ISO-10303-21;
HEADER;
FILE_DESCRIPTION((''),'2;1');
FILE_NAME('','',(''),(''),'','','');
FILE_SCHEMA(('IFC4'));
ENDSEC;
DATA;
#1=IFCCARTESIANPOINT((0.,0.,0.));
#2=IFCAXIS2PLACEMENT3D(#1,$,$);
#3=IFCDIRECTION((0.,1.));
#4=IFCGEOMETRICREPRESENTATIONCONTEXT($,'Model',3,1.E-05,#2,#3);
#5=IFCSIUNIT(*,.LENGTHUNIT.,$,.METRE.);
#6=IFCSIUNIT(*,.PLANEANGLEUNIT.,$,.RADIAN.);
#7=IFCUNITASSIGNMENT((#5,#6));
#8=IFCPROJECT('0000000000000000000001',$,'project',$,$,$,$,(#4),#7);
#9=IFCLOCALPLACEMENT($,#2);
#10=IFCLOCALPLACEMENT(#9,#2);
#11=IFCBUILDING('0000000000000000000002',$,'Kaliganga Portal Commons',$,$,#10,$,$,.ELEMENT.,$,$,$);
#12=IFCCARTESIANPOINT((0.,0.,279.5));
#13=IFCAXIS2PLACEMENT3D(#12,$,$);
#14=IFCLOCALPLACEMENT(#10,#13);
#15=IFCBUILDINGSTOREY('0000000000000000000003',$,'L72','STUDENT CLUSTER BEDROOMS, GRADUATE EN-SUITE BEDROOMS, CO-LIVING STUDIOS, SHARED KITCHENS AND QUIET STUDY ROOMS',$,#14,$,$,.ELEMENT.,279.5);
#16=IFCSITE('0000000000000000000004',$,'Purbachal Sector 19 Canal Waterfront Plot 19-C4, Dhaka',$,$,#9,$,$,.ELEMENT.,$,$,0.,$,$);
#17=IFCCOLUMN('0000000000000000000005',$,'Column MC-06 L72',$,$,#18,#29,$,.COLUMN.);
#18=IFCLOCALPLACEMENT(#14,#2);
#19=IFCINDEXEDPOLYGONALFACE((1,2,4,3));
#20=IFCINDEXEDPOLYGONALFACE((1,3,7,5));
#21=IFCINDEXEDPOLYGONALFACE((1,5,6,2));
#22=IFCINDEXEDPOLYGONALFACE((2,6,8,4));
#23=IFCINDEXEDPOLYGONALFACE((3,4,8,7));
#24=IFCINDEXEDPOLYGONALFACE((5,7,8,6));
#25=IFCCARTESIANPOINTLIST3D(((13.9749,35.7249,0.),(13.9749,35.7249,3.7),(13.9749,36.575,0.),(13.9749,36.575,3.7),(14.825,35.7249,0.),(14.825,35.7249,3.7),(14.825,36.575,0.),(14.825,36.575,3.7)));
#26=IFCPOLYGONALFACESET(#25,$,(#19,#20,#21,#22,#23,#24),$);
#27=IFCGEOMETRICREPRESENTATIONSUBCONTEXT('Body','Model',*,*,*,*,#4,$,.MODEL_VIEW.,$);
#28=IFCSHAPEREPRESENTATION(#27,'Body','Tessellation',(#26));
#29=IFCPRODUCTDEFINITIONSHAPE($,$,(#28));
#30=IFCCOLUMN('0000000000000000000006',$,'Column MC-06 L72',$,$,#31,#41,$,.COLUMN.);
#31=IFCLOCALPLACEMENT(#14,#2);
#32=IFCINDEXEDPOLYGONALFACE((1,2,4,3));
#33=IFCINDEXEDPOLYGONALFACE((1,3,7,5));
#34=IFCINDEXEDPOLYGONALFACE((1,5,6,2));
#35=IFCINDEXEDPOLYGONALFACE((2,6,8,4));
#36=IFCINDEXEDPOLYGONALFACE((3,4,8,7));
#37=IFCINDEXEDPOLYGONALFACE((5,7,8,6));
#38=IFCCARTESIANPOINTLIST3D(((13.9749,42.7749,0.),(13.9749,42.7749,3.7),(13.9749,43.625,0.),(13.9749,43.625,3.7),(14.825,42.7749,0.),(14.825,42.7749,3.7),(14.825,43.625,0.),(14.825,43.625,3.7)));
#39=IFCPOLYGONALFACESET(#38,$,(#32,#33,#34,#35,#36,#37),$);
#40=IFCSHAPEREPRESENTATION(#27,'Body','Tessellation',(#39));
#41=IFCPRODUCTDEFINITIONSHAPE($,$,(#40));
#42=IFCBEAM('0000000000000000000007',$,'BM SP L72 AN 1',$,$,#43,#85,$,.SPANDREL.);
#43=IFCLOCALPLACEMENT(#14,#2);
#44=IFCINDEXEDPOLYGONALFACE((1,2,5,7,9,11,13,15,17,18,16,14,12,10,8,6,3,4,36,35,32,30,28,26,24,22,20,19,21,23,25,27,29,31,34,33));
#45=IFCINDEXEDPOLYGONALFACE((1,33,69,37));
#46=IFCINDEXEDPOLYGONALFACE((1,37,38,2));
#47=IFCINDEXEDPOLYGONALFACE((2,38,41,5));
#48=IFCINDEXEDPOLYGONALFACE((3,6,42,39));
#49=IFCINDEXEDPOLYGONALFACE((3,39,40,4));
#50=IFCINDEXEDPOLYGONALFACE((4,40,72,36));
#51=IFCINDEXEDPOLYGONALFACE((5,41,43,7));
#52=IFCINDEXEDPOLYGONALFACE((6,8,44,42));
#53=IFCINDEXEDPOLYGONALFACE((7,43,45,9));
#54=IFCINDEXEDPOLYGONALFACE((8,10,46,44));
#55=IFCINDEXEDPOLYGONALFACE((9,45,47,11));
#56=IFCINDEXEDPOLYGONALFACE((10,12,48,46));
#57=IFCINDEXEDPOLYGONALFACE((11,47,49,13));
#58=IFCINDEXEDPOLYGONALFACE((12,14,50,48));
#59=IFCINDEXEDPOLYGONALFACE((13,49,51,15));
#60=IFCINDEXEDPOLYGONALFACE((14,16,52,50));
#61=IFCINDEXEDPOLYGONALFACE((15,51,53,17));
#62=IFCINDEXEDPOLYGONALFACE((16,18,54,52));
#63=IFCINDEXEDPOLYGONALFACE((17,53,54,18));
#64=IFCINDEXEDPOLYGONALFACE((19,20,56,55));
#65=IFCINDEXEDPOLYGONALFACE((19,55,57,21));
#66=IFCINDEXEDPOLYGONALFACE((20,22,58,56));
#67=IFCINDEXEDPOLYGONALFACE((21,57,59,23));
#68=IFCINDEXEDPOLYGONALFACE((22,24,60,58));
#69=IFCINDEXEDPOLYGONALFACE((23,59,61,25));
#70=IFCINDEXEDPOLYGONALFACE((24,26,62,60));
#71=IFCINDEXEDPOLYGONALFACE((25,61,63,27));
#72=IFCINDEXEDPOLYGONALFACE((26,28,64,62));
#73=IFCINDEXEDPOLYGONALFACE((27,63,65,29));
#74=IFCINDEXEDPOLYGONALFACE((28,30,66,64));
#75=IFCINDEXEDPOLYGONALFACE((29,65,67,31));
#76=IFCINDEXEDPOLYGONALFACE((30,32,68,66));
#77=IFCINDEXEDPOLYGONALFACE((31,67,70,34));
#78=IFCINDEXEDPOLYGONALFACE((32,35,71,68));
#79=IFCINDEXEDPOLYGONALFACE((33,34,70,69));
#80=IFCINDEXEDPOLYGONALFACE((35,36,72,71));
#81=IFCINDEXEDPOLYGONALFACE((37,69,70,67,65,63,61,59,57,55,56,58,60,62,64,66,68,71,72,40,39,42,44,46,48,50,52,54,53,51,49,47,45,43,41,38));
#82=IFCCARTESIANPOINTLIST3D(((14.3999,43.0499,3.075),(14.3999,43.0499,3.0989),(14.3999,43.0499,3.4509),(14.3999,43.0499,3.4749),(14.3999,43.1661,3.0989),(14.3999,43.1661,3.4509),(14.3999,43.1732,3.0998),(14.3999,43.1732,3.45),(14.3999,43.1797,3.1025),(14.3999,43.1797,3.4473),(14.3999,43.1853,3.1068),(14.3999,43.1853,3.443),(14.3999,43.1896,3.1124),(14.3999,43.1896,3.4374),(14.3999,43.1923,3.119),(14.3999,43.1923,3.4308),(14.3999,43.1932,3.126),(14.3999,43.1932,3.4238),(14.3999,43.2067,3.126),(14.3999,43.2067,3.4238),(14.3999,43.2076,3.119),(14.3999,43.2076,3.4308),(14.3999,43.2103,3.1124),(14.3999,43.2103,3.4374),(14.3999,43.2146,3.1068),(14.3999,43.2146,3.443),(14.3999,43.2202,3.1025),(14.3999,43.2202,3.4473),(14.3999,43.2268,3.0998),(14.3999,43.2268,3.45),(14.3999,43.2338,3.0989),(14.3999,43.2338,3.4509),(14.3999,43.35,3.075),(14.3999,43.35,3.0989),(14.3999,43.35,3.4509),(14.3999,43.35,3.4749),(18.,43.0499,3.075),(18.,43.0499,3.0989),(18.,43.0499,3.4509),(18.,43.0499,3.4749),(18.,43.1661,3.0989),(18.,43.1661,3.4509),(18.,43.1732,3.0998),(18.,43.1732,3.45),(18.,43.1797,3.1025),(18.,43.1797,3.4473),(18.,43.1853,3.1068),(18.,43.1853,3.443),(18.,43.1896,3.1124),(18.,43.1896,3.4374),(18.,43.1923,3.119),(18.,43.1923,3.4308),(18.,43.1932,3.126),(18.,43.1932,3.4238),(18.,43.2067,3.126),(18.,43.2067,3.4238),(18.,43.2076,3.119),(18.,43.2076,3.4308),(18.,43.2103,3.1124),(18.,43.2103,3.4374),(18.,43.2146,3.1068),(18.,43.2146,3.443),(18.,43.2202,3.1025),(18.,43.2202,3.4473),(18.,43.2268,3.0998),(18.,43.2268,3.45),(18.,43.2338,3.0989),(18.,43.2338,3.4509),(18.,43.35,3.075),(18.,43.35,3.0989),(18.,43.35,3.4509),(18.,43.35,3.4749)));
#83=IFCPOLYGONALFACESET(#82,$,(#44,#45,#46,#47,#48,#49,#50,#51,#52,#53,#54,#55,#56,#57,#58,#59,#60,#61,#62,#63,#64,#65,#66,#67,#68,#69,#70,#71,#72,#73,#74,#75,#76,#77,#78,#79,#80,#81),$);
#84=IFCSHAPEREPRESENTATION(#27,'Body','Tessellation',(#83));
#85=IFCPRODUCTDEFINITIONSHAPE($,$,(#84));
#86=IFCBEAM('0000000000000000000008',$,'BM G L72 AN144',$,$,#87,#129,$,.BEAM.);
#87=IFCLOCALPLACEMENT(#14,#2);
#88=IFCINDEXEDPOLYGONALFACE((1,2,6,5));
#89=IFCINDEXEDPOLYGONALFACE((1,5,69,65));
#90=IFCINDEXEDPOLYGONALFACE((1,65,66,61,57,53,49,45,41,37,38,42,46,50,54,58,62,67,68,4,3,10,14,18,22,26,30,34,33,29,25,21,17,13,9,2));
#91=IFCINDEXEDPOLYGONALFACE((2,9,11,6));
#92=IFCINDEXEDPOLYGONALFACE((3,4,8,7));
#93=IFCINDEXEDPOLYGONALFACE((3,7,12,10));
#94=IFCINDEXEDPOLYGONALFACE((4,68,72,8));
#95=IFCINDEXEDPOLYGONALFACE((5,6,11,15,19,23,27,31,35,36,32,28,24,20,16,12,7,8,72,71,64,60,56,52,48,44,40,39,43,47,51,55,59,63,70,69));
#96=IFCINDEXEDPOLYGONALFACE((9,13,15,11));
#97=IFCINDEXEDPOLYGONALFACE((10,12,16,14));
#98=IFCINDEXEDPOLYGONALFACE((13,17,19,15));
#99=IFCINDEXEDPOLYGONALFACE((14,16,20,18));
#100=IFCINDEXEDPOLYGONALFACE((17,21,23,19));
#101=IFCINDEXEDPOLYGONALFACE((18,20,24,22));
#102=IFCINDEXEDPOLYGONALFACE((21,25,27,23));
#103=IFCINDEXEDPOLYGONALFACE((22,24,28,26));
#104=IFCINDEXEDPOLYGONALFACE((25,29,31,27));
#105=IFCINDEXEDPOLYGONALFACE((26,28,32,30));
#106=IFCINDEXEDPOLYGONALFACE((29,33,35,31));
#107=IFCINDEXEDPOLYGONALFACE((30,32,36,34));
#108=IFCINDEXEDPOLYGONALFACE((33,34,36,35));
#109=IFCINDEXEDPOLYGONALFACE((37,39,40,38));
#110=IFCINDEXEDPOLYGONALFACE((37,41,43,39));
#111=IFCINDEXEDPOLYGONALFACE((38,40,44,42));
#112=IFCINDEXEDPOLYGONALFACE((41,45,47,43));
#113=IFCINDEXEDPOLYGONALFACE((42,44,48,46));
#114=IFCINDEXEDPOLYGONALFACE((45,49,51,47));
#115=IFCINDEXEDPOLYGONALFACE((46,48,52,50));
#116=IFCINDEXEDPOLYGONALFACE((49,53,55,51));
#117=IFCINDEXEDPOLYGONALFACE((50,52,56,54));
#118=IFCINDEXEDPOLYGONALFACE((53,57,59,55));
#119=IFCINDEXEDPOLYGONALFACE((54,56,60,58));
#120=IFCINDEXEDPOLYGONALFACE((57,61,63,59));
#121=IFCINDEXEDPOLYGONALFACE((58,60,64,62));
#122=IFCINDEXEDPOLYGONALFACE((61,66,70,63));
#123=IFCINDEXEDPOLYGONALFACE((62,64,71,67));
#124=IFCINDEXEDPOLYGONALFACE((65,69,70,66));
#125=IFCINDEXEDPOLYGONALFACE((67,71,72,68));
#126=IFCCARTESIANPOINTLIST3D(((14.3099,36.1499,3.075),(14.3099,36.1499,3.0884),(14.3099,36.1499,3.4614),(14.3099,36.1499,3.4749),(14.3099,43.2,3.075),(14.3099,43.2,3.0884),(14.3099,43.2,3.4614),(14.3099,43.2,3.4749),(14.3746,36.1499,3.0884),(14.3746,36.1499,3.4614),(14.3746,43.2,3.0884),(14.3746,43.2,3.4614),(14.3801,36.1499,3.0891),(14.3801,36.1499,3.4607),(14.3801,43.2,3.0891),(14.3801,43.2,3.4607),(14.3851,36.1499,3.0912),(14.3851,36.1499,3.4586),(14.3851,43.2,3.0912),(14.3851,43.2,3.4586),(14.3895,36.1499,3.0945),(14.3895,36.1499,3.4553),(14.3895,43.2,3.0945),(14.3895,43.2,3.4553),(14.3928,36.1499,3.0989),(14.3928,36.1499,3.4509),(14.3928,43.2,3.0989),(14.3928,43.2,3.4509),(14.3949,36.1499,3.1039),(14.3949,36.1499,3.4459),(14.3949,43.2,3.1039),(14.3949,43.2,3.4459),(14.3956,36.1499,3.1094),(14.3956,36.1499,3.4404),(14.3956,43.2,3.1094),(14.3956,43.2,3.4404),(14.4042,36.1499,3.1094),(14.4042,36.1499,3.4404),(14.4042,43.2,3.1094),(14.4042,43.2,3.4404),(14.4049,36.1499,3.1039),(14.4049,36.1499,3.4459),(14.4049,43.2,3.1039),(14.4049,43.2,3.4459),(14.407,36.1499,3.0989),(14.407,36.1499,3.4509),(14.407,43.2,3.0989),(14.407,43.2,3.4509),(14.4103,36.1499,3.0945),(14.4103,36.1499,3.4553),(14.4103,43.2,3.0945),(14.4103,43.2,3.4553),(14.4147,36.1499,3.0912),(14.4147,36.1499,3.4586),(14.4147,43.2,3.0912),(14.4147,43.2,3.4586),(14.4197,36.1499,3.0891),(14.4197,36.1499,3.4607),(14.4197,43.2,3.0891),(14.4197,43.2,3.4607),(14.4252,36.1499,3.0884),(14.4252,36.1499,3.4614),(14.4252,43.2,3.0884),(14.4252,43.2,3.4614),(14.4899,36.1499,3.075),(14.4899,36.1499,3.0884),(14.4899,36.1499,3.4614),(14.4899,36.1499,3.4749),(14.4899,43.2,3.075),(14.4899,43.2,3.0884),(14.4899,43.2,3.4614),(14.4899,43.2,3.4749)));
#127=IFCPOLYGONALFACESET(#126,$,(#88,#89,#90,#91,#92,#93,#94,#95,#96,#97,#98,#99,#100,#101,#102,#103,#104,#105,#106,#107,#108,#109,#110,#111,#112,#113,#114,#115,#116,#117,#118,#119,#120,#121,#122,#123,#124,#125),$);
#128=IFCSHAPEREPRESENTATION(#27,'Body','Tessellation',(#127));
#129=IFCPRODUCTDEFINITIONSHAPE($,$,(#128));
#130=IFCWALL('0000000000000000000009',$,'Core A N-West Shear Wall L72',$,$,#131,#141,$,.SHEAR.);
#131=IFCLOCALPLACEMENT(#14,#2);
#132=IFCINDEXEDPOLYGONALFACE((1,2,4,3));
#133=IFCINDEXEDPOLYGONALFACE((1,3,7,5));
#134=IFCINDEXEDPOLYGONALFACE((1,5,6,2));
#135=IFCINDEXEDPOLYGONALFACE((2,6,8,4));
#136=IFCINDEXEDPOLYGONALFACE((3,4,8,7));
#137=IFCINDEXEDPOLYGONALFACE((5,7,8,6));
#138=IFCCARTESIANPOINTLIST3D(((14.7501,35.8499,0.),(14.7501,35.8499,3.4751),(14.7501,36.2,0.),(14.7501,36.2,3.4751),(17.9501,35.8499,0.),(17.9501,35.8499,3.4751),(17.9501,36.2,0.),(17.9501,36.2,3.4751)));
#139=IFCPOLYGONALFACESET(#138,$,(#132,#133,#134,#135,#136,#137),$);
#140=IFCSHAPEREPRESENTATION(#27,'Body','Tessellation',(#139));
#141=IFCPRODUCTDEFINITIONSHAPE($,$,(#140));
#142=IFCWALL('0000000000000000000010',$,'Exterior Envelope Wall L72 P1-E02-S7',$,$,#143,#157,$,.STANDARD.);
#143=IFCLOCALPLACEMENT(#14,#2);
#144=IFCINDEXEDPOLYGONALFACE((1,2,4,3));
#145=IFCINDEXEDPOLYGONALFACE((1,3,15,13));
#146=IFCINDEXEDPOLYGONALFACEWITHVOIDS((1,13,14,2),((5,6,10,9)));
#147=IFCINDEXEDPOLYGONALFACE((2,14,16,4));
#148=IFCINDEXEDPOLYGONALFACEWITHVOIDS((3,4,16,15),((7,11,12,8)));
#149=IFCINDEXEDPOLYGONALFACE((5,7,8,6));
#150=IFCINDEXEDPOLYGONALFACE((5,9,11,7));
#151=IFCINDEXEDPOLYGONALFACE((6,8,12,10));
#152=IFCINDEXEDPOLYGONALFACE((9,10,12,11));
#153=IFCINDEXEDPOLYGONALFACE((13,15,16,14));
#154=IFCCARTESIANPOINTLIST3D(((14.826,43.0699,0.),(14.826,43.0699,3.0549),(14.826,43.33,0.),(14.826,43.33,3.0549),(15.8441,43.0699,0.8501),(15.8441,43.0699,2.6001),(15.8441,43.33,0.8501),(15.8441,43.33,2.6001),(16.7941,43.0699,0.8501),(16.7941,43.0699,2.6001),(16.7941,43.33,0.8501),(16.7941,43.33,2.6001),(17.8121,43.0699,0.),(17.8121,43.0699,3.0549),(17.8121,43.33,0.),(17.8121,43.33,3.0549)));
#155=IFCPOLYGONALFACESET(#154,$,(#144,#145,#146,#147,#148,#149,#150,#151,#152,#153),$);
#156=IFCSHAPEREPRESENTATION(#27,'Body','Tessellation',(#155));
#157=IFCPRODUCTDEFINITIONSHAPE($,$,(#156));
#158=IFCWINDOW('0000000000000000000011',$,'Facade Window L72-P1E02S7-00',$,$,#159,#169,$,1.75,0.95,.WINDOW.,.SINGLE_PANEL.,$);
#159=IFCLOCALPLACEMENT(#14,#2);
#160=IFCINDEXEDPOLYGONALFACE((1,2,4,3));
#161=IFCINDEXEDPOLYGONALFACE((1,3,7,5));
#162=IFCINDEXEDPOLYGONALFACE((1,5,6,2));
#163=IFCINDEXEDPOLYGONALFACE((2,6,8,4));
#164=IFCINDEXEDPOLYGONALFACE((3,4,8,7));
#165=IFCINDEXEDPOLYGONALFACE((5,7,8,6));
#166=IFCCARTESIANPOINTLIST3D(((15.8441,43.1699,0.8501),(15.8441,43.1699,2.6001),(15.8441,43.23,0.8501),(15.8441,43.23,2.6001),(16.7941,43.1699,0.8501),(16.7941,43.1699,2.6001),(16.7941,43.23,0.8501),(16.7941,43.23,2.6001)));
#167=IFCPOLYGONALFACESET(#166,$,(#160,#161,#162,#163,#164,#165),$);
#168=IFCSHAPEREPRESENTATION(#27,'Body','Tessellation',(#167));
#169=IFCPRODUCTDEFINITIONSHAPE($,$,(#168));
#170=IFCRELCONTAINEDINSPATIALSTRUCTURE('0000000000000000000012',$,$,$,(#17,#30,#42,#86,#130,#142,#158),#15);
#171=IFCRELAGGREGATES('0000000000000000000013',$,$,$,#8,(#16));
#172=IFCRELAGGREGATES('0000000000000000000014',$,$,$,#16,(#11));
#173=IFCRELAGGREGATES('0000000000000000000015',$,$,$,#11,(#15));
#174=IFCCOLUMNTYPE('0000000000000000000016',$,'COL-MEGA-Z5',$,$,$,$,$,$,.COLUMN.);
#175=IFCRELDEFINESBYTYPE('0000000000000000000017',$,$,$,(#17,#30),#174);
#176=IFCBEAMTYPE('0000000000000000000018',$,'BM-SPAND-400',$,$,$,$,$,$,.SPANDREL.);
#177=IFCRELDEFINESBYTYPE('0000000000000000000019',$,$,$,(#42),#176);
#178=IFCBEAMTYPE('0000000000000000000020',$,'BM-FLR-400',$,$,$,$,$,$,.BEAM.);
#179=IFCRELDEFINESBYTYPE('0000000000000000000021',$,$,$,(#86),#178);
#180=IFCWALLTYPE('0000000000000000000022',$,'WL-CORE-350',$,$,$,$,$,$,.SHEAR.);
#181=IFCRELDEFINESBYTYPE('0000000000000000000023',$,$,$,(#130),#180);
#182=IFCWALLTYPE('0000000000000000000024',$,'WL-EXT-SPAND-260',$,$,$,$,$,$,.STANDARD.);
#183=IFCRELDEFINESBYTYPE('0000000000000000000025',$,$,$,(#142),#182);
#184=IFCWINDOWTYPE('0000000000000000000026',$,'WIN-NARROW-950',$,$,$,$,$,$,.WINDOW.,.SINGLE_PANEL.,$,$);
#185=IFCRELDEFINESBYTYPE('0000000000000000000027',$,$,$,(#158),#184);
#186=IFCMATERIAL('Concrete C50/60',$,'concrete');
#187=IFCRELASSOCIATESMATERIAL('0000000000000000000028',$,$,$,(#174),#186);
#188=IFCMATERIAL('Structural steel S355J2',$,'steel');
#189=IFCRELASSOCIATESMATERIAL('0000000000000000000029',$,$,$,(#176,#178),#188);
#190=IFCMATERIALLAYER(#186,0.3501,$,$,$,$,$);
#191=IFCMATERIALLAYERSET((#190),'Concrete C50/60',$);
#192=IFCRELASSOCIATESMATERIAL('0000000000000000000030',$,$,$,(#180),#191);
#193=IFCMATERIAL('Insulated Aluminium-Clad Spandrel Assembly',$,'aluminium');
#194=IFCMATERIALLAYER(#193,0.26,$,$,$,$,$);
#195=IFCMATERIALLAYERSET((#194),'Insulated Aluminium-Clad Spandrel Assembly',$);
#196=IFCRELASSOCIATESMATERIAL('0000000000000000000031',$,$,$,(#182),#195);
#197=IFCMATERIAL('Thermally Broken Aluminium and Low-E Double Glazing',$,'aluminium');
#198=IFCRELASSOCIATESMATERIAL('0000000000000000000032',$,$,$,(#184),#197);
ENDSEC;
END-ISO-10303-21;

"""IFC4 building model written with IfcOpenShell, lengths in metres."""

from ifc_helpers import new_model, si_unit, direction, frame, frame_2d, origin, origin_2d, place, context, subcontext, project, spatial, rectangle, i_section, extrude, source, transform, mapped, material, layer, layer_set, material_profile, profile_set, type_object, element, fill, save


model = new_model("IFC4")

# Units and contexts
model_context = context("Model", 3, precision=1e-05, world=origin(), true_north=direction((0.0, 1.0)))
body_context = subcontext(model_context, "Body", "Model", "MODEL_VIEW")
ifc_project = project(units=[si_unit("LENGTHUNIT", "METRE"), si_unit("PLANEANGLEUNIT", "RADIAN")], contexts=[model_context])

# Site, building, storey
site_placement = place(None, origin())
site = spatial("IfcSite", under=ifc_project, at=site_placement, Name="Purbachal Sector 19 Canal Waterfront Plot 19-C4, Dhaka", CompositionType="ELEMENT", RefElevation=0.0)
building_placement = place(site_placement, origin())
building = spatial("IfcBuilding", under=site, at=building_placement, Name="Kaliganga Portal Commons", CompositionType="ELEMENT")
storey_placement = place(building_placement, frame((0.0, 0.0, 279.5)))
storey = spatial("IfcBuildingStorey", under=building, at=storey_placement, Name="L72", Description="STUDENT CLUSTER BEDROOMS, GRADUATE EN-SUITE BEDROOMS, CO-LIVING STUDIOS, SHARED KITCHENS AND QUIET STUDY ROOMS", CompositionType="ELEMENT", Elevation=279.5)

# Columns
ifc_material_1 = material(Name="Concrete C50/60", Category="concrete")
ifc_material_profile_1 = material_profile(ifc_material_1, rectangle(XDim=0.8501, YDim=0.8501, at=origin_2d()), Name="RC 850x850")
ifc_profile_set_1 = profile_set([ifc_material_profile_1], Name="Concrete C50/60")
column_type = type_object("IfcColumnType", Name="COL-MEGA-Z5", PredefinedType="COLUMN", material=ifc_profile_set_1)
shared_shape_1 = source(origin(), body_context, "Body", "SweptSolid", [
    extrude(rectangle(XDim=0.8501, YDim=0.8501, at=origin_2d()), origin(), (0.0, 0.0, 1.0), 3.7),
])
for number, where, z_axis, x_axis, name in (
    (1, (14.3999, 36.1499, 0.0), (0.0, 0.0, 1.0), (1.0, 0.0, 0.0), "Column MC-06 L72"),
    (2, (14.3999, 43.2, 0.0), (0.0, 0.0, 1.0), (1.0, 0.0, 0.0), "Column MC-06 L72"),
):
    element("IfcColumn", number, at=place(storey_placement, frame(where, z_axis=z_axis, x_axis=x_axis)), inside=storey, type_object=column_type, Name=name, PredefinedType="COLUMN", context=body_context, shape_type="MappedRepresentation", body=[
        mapped(shared_shape_1, transform((0.0, 0.0, 0.0), x_axis=(1.0, 0.0, 0.0), y_axis=(0.0, 1.0, 0.0), z_axis=(0.0, 0.0, 1.0), scale=1.0)),
    ])

# Beams
ifc_material_2 = material(Name="Structural steel S355J2", Category="steel")
ifc_material_profile_2 = material_profile(ifc_material_2, i_section(OverallWidth=0.3, OverallDepth=0.3999, WebThickness=0.0134, FlangeThickness=0.0239, FilletRadius=0.0271, at=origin_2d()), Name="HE 400 B")
ifc_profile_set_2 = profile_set([ifc_material_profile_2], Name="Structural steel S355J2 wide-flange")
beam_type_1 = type_object("IfcBeamType", Name="BM-SPAND-400", PredefinedType="SPANDREL", material=ifc_profile_set_2)
shared_shape_2 = source(origin(), body_context, "Body", "SweptSolid", [
    extrude(i_section(OverallWidth=0.3, OverallDepth=0.3999, WebThickness=0.0134, FlangeThickness=0.0239, FilletRadius=0.0271, at=origin_2d()), origin(), (0.0, 0.0, 1.0), 3.6001),
])
beam_1_placement = place(storey_placement, frame((14.3999, 43.2, 3.2749), z_axis=(1.0, 0.0, 0.0), x_axis=(0.0, 1.0, 0.0)))
element("IfcBeam", 3, at=beam_1_placement, inside=storey, type_object=beam_type_1, Name="BM SP L72 AN 1", PredefinedType="SPANDREL", context=body_context, shape_type="MappedRepresentation", body=[
    mapped(shared_shape_2, transform((0.0, 0.0, 0.0), x_axis=(1.0, 0.0, 0.0), y_axis=(0.0, 1.0, 0.0), z_axis=(0.0, 0.0, 1.0), scale=1.0)),
])
ifc_material_profile_3 = material_profile(ifc_material_2, i_section(OverallWidth=0.1799, OverallDepth=0.3999, WebThickness=0.0085, FlangeThickness=0.0134, FilletRadius=0.021, at=origin_2d()), Name="IPE 400")
ifc_profile_set_3 = profile_set([ifc_material_profile_3], Name="Structural steel S355J2 wide-flange")
beam_type_2 = type_object("IfcBeamType", Name="BM-FLR-400", PredefinedType="BEAM", material=ifc_profile_set_3)
shared_shape_3 = source(origin(), body_context, "Body", "SweptSolid", [
    extrude(i_section(OverallWidth=0.1799, OverallDepth=0.3999, WebThickness=0.0085, FlangeThickness=0.0134, FilletRadius=0.021, at=origin_2d()), origin(), (0.0, 0.0, 1.0), 7.05),
])
beam_2_placement = place(storey_placement, frame((14.3999, 36.1499, 3.2749), z_axis=(0.0, 1.0, 0.0), x_axis=(-1.0, 0.0, 0.0)))
element("IfcBeam", 4, at=beam_2_placement, inside=storey, type_object=beam_type_2, Name="BM G L72 AN144", PredefinedType="BEAM", context=body_context, shape_type="MappedRepresentation", body=[
    mapped(shared_shape_3, transform((0.0, 0.0, 0.0), x_axis=(1.0, 0.0, 0.0), y_axis=(0.0, 1.0, 0.0), z_axis=(0.0, 0.0, 1.0), scale=1.0)),
])

# Wall
ifc_layer_1 = layer(ifc_material_1, 0.3501)
ifc_layer_set_1 = layer_set([ifc_layer_1], Name="Concrete C50/60")
wall_type_1 = type_object("IfcWallType", Name="WL-CORE-350", PredefinedType="SHEAR", material=ifc_layer_set_1)
wall_1_placement = place(storey_placement, frame((14.75, 36.0249, 0.0), z_axis=(0.0, 0.0, 1.0), x_axis=(1.0, 0.0, 0.0)))
element("IfcWall", 5, at=wall_1_placement, inside=storey, type_object=wall_type_1, Name="Core A N-West Shear Wall L72", PredefinedType="SHEAR", context=body_context, shape_type="SweptSolid", body=[
    extrude(rectangle(XDim=3.2, YDim=0.3501, at=frame_2d((1.6001, 0.0))), origin(), (0.0, 0.0, 1.0), 3.4751),
])

# Wall, opening, window
ifc_material_3 = material(Name="Insulated Aluminium-Clad Spandrel Assembly", Category="aluminium")
ifc_layer_2 = layer(ifc_material_3, 0.26)
ifc_layer_set_2 = layer_set([ifc_layer_2], Name="Insulated Aluminium-Clad Spandrel Assembly")
wall_type_2 = type_object("IfcWallType", Name="WL-EXT-SPAND-260", PredefinedType="STANDARD", material=ifc_layer_set_2)
wall_2_placement = place(storey_placement, frame((14.8259, 43.2, 0.0), z_axis=(0.0, 0.0, 1.0), x_axis=(1.0, 0.0, 0.0)))
wall_2 = element("IfcWall", 6, at=wall_2_placement, inside=storey, type_object=wall_type_2, Name="Exterior Envelope Wall L72 P1-E02-S7", PredefinedType="STANDARD", context=body_context, shape_type="SweptSolid", body=[
    extrude(rectangle(XDim=2.9861, YDim=0.26, at=frame_2d((1.4932, 0.0))), origin(), (0.0, 0.0, 1.0), 3.0549),
])
opening_1_placement = place(wall_2_placement, frame((1.0181, 0.0, 0.8501)))
opening_1 = element("IfcOpeningElement", 7, at=opening_1_placement, cuts=wall_2, PredefinedType="OPENING", context=body_context, shape_type="SweptSolid", body=[
    extrude(rectangle(XDim=0.95, YDim=1.75, at=frame_2d((0.4751, 0.875))), frame((0.0, 0.1401, 0.0), z_axis=(0.0, -1.0, 0.0), x_axis=(1.0, 0.0, 0.0)), (0.0, 0.0, 1.0), 0.28),
])
ifc_material_4 = material(Name="Thermally Broken Aluminium and Low-E Double Glazing", Category="aluminium")
window_type_1 = type_object("IfcWindowType", Name="WIN-NARROW-950", PartitioningType="SINGLE_PANEL", PredefinedType="WINDOW", material=ifc_material_4)
window_1_placement = place(opening_1_placement, origin())
window_1 = element("IfcWindow", 8, at=window_1_placement, inside=storey, type_object=window_type_1, Name="Facade Window L72-P1E02S7-00", OverallHeight=1.75, OverallWidth=0.95, PartitioningType="SINGLE_PANEL", PredefinedType="WINDOW", context=body_context, shape_type="SweptSolid", body=[
    extrude(rectangle(XDim=0.95, YDim=1.75, at=frame_2d((0.4751, 0.875))), frame((0.0, 0.03, 0.0), z_axis=(0.0, -1.0, 0.0), x_axis=(1.0, 0.0, 0.0)), (0.0, 0.0, 1.0), 0.0601),
])
fill(opening_1, window_1)

save(model, "model.ifc")
